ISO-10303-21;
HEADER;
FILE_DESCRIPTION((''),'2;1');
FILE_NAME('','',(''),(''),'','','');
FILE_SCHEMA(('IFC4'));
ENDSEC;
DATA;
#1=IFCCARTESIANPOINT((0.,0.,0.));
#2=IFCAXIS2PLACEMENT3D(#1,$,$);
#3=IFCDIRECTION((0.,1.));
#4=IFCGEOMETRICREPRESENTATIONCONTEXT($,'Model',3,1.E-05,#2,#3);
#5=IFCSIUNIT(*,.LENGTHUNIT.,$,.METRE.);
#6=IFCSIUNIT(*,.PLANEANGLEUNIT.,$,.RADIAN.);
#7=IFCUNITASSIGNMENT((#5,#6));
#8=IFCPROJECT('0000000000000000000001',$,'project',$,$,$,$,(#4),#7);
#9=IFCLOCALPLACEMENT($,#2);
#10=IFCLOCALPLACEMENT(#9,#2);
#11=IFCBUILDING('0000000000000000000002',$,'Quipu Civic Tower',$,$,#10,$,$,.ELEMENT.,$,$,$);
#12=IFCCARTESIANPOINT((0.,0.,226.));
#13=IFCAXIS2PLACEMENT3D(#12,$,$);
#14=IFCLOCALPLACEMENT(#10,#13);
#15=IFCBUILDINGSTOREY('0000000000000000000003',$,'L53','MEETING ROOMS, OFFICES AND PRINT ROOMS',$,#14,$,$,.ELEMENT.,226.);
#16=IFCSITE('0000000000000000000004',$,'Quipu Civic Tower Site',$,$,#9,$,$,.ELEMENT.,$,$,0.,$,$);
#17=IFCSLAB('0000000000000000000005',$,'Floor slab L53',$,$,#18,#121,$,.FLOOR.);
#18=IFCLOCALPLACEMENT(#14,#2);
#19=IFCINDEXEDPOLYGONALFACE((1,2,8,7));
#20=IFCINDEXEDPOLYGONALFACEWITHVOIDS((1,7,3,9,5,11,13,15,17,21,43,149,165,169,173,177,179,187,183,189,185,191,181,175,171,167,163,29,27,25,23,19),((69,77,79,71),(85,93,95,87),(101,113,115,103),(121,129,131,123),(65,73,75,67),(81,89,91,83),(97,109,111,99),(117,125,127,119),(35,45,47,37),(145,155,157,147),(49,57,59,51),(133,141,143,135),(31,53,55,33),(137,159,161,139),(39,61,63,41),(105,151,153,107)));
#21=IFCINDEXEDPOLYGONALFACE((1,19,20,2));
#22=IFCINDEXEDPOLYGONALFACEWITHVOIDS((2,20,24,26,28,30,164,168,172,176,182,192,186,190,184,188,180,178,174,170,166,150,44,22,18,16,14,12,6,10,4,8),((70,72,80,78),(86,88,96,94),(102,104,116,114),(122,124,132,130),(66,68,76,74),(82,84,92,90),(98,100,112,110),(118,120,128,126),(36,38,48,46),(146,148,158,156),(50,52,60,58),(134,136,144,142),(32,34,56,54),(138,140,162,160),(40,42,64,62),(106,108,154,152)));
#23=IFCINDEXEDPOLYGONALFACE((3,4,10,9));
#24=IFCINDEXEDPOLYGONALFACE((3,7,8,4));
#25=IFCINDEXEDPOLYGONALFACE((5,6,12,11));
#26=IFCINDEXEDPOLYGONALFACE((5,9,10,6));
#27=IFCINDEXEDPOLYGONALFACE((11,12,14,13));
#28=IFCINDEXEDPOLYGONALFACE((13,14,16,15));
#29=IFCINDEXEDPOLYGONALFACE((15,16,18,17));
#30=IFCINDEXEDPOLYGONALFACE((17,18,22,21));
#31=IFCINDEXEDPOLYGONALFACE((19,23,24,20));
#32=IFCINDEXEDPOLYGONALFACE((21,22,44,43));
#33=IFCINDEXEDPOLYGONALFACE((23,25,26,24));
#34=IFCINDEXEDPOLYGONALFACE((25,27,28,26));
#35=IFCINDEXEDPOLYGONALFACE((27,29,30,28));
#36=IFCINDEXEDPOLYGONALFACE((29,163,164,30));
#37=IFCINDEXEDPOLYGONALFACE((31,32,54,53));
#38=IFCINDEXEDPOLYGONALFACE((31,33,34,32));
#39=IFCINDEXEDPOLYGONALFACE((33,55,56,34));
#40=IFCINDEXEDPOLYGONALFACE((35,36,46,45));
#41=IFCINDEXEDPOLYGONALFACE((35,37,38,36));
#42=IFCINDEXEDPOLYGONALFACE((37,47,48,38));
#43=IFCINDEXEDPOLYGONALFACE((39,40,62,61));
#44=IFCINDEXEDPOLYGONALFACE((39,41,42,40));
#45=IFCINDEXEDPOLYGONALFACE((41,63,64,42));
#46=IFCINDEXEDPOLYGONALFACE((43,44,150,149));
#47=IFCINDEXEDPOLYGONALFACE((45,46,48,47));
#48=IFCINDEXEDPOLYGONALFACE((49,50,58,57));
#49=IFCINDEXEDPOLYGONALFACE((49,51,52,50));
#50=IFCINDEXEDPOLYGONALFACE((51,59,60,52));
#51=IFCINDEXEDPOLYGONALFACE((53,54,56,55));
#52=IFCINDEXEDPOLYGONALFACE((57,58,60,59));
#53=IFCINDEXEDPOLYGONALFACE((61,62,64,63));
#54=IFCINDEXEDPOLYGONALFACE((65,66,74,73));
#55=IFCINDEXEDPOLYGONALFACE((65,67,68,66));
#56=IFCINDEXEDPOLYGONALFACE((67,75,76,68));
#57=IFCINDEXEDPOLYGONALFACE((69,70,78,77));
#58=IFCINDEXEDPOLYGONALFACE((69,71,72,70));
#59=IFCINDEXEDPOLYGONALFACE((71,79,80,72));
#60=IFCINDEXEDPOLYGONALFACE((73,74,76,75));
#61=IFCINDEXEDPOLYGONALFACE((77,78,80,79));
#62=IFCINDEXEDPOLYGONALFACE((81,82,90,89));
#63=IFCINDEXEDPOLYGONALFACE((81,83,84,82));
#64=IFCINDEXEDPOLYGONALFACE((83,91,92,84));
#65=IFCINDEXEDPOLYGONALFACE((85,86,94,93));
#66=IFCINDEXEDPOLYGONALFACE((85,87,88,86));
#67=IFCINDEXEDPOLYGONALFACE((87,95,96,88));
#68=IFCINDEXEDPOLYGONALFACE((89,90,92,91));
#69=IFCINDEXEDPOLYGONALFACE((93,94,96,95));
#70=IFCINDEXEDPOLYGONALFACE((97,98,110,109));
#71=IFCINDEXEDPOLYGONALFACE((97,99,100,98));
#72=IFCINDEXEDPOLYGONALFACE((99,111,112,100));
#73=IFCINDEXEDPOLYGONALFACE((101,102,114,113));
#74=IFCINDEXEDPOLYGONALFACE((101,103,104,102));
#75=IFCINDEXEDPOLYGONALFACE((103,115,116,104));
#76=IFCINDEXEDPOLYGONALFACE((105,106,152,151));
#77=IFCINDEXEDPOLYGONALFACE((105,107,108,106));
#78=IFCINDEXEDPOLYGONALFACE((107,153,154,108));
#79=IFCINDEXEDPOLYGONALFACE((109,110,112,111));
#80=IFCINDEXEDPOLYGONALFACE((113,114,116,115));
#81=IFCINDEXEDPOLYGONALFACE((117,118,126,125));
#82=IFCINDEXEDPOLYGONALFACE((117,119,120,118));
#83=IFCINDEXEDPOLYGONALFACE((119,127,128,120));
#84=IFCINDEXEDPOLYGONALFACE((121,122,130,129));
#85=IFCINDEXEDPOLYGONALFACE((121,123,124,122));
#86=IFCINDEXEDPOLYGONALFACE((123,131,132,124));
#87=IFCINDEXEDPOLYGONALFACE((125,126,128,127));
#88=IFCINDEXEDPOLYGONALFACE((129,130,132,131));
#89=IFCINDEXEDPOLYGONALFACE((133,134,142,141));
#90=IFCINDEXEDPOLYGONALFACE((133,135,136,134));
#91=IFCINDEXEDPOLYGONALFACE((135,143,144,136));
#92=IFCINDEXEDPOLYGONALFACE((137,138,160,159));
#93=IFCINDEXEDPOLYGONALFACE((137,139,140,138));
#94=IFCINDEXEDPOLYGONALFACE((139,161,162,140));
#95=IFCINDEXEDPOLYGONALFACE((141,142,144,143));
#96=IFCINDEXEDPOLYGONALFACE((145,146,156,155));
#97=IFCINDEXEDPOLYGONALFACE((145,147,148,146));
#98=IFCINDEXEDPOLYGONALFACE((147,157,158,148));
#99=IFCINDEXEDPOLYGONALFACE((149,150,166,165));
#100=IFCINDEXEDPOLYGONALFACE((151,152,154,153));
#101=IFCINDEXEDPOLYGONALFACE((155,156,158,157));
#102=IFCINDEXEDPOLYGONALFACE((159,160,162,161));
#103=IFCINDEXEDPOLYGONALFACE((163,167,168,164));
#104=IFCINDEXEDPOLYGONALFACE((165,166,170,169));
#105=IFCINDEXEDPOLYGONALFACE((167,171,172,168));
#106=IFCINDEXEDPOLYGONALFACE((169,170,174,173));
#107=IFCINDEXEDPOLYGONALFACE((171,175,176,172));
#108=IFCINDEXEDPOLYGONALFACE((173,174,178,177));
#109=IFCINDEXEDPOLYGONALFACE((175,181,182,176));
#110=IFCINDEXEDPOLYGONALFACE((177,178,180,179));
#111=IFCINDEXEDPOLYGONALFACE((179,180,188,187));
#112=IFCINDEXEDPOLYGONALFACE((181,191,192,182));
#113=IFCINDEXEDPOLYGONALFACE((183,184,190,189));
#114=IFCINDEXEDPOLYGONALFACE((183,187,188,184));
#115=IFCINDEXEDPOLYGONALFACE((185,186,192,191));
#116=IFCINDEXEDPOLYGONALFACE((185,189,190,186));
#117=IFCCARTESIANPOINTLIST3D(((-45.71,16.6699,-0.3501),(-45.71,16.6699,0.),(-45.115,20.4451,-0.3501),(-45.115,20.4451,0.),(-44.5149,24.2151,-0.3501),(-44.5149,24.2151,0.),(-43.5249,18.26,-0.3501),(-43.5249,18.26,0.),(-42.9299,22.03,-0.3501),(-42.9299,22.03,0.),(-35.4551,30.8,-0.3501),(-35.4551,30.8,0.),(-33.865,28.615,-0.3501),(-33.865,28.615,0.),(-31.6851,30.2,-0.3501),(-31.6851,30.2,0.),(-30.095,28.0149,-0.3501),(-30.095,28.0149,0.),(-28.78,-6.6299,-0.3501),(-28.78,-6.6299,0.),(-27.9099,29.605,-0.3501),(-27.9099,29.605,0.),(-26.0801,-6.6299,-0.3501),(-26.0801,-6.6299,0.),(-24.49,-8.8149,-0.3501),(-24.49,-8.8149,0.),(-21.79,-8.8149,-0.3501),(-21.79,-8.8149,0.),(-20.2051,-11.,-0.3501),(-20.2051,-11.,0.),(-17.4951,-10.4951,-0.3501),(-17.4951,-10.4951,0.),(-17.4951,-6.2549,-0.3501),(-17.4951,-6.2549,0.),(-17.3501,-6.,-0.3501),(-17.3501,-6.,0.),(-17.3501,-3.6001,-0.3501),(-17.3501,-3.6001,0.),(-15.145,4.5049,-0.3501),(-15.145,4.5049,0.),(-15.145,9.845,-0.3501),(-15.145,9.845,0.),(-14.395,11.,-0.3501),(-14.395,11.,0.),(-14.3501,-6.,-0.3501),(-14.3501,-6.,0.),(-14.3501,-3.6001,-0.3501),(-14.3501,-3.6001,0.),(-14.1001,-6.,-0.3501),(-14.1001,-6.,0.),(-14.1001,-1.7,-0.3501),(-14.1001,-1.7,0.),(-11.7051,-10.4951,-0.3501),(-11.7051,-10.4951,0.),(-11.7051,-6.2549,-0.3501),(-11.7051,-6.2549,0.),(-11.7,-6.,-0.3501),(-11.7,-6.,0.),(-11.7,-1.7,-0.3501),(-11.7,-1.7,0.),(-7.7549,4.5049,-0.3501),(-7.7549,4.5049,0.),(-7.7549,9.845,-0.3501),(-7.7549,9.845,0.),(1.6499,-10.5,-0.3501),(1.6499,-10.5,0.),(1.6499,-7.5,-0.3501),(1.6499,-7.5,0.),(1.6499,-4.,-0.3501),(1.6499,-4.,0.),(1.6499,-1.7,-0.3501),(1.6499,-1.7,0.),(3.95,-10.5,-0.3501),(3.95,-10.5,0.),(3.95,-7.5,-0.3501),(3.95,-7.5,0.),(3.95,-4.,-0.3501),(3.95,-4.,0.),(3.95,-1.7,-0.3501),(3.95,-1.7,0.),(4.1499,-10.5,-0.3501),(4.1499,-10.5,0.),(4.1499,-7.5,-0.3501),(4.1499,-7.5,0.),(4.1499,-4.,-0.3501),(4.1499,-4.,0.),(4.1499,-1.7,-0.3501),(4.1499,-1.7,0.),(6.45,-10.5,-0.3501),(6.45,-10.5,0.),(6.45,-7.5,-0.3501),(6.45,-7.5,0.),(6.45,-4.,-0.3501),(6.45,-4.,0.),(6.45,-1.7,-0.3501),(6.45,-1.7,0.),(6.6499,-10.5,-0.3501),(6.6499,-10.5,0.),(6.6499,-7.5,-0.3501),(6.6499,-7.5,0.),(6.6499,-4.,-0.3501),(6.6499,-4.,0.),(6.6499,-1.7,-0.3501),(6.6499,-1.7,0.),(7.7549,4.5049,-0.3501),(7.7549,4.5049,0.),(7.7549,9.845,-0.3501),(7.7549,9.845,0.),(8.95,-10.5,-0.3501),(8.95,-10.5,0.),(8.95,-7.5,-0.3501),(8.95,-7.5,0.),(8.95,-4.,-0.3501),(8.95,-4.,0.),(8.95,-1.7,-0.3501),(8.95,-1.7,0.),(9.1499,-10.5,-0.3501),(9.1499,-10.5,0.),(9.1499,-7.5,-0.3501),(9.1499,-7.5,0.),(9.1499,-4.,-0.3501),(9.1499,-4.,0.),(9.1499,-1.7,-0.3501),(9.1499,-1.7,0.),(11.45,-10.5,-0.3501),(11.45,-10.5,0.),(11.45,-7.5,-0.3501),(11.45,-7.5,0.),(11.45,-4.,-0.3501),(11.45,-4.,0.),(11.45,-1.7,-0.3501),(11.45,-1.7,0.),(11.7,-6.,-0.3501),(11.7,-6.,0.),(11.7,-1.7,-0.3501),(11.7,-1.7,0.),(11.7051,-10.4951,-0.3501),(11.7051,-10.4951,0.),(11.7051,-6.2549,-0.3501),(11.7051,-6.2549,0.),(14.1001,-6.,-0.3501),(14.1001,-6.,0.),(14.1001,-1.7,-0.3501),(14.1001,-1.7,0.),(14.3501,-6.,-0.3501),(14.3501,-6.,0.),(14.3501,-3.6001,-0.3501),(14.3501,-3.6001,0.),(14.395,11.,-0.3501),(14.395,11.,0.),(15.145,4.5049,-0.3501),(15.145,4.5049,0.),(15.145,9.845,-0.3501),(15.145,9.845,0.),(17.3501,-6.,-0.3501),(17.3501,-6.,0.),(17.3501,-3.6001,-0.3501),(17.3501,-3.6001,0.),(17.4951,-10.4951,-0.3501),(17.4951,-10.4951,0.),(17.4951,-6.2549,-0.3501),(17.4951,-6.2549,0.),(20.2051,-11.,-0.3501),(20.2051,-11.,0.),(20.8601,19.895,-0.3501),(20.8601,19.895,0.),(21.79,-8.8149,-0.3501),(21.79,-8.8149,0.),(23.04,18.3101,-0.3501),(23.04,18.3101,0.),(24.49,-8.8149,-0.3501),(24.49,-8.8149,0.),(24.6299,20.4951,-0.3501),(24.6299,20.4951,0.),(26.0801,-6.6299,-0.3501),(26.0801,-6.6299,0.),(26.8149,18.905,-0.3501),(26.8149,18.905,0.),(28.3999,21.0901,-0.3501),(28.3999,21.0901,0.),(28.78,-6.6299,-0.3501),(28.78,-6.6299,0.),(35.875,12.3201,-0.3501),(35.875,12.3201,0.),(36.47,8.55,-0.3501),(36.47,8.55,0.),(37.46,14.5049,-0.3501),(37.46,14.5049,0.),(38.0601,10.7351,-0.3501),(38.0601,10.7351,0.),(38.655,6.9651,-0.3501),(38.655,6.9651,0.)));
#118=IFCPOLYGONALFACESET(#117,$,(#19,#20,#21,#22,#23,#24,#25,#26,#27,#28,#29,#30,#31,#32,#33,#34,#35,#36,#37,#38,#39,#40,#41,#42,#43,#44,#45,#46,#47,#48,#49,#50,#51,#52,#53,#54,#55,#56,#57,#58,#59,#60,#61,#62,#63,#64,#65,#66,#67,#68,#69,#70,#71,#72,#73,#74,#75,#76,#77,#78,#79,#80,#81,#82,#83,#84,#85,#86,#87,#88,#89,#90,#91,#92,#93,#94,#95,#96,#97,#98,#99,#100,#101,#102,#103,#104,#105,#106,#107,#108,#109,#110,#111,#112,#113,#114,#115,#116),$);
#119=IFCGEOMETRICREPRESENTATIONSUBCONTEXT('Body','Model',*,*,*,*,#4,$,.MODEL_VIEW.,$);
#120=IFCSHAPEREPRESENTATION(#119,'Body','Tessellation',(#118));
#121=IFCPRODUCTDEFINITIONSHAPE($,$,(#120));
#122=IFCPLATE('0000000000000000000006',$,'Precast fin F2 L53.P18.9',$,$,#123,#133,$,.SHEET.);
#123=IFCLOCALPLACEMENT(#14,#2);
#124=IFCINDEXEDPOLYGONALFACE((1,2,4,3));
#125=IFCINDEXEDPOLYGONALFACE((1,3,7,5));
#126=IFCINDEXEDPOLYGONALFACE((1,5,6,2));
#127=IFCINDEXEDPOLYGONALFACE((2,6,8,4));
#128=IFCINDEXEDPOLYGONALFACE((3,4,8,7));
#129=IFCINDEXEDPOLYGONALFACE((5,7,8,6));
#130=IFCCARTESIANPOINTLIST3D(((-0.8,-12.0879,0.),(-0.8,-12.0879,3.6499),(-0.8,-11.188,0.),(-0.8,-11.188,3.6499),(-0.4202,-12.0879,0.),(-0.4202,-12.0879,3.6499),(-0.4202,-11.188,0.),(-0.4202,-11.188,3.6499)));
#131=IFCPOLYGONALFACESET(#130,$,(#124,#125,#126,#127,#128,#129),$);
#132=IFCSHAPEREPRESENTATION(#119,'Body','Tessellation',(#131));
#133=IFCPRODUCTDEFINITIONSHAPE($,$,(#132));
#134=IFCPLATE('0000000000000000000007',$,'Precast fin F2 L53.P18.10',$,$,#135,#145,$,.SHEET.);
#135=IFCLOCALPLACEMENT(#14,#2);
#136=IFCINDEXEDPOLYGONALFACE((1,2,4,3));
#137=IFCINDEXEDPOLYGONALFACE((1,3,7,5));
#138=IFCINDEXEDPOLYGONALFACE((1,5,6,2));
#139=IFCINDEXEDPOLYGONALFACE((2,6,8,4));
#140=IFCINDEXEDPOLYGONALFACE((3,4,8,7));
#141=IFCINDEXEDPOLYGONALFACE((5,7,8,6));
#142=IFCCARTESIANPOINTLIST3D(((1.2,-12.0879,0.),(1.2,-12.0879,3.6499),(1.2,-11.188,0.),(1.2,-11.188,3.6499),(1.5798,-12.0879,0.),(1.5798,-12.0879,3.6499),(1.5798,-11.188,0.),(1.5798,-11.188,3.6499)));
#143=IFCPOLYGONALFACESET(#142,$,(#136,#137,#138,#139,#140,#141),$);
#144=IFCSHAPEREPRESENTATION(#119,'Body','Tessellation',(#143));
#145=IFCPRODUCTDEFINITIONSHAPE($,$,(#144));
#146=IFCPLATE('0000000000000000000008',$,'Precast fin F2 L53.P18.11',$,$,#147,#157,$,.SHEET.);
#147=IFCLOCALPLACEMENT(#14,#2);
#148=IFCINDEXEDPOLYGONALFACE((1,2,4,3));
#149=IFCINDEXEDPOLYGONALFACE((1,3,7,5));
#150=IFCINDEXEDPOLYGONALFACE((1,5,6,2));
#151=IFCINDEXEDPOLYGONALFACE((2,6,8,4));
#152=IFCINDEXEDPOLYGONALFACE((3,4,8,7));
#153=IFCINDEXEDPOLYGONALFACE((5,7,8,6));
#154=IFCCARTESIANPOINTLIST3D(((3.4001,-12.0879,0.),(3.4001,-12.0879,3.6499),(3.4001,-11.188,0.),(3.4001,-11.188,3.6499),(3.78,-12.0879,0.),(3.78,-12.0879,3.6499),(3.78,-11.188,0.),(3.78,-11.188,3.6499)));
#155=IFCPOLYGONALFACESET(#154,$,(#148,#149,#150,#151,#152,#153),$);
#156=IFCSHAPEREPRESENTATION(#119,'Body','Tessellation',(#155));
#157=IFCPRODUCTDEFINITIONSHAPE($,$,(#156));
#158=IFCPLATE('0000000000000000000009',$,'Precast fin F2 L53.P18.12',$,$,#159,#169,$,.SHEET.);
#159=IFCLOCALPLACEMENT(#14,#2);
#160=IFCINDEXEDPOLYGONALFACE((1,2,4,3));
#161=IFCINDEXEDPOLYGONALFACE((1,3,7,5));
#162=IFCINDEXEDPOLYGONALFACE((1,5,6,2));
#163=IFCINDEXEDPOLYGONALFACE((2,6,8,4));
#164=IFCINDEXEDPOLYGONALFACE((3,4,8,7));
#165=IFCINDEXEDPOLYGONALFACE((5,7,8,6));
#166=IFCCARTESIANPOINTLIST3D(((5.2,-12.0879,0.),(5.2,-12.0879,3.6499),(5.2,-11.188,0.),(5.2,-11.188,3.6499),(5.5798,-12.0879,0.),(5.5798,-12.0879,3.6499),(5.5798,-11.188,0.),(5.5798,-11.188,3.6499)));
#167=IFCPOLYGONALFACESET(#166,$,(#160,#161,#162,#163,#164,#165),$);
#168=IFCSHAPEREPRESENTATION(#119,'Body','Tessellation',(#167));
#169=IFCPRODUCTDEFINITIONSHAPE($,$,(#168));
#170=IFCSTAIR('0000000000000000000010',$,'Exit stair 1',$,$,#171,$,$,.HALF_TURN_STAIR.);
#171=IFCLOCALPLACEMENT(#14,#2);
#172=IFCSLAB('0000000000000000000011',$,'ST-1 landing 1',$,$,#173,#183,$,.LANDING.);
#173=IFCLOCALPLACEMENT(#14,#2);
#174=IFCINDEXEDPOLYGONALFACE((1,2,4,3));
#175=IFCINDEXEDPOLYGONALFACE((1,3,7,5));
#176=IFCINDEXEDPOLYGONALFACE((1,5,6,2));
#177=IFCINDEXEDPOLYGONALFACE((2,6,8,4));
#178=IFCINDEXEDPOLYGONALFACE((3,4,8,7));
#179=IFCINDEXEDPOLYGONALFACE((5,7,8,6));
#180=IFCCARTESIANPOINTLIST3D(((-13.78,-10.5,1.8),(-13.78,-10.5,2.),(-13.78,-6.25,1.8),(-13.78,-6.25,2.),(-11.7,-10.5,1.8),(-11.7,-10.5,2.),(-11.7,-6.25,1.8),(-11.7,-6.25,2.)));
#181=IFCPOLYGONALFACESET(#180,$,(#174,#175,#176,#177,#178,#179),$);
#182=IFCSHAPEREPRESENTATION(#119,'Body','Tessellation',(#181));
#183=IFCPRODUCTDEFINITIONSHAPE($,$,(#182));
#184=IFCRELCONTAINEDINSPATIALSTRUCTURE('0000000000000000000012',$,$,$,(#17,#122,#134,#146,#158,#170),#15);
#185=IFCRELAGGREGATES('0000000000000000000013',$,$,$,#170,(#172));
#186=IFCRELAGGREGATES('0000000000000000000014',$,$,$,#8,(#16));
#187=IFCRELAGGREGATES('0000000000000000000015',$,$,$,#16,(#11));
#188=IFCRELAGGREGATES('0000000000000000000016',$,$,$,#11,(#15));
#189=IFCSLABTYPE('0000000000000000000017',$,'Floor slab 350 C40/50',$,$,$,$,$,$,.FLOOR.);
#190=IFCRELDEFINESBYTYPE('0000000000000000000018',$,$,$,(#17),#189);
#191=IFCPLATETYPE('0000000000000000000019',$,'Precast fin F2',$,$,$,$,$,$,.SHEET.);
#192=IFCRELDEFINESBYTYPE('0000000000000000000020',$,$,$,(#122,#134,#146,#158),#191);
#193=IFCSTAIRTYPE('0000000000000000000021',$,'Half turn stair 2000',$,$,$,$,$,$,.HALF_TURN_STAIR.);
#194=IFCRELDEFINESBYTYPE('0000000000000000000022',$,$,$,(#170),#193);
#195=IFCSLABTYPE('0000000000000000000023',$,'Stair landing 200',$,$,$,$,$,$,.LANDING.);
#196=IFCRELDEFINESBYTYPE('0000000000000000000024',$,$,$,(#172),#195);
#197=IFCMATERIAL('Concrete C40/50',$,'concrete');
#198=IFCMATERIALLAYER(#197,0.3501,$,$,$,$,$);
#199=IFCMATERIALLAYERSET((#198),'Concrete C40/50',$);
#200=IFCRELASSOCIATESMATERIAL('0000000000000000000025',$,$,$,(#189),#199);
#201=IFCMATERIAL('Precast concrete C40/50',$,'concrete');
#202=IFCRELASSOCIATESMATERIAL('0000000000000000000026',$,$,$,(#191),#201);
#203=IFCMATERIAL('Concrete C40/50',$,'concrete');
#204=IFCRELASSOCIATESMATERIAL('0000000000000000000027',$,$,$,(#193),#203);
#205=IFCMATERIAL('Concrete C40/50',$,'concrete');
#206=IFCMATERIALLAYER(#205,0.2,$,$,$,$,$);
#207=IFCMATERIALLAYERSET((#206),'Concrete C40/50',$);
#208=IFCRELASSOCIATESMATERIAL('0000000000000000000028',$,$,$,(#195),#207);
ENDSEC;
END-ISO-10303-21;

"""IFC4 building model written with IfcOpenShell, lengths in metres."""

from ifc_helpers import new_model, si_unit, direction, frame, origin, origin_2d, place, context, subcontext, project, spatial, polyline, rectangle, outline, extrude, material, layer, layer_set, type_object, element, aggregate, save


model = new_model("IFC4")

# Units and contexts
model_context = context("Model", 3, precision=1e-05, world=origin(), true_north=direction((0.0, 1.0)))
body_context = subcontext(model_context, "Body", "Model", "MODEL_VIEW")
ifc_project = project(units=[si_unit("LENGTHUNIT", "METRE"), si_unit("PLANEANGLEUNIT", "RADIAN")], contexts=[model_context])

# Site, building, storey
site_placement = place(None, origin())
site = spatial("IfcSite", under=ifc_project, at=site_placement, Name="Quipu Civic Tower Site", CompositionType="ELEMENT", RefElevation=0.0)
building_placement = place(site_placement, origin())
building = spatial("IfcBuilding", under=site, at=building_placement, Name="Quipu Civic Tower", CompositionType="ELEMENT")
storey_placement = place(building_placement, frame((0.0, 0.0, 226.0)))
storey = spatial("IfcBuildingStorey", under=building, at=storey_placement, Name="L53", Description="MEETING ROOMS, OFFICES AND PRINT ROOMS", CompositionType="ELEMENT", Elevation=226.0)

# Slab
ifc_material_1 = material(Name="Concrete C40/50", Category="concrete")
ifc_layer_1 = layer(ifc_material_1, 0.3501)
ifc_layer_set_1 = layer_set([ifc_layer_1], Name="Concrete C40/50")
slab_type_1 = type_object("IfcSlabType", Name="Floor slab 350 C40/50", PredefinedType="FLOOR", material=ifc_layer_set_1)
slab_1_placement = place(storey_placement, frame((0.0, 0.0, -0.3501)))
element("IfcSlab", 1, at=slab_1_placement, inside=storey, type_object=slab_type_1, Name="Floor slab L53", PredefinedType="FLOOR", context=body_context, shape_type="SweptSolid", body=[
    extrude(outline(polyline([(20.8601, 19.895), (23.04, 18.3101), (24.6299, 20.4951), (26.8149, 18.905), (28.3999, 21.0901), (37.46, 14.5049), (35.875, 12.3201), (38.0601, 10.7351), (36.47, 8.55), (38.655, 6.9651), (28.78, -6.6299), (26.0801, -6.6299), (24.49, -8.8149), (21.79, -8.8149), (20.2051, -11.0), (-20.2051, -11.0), (-21.79, -8.8149), (-24.49, -8.8149), (-26.0801, -6.6299), (-28.78, -6.6299), (-45.71, 16.6699), (-43.5249, 18.26), (-45.115, 20.4451), (-42.9299, 22.03), (-44.5149, 24.2151), (-35.4551, 30.8), (-33.865, 28.615), (-31.6851, 30.2), (-30.095, 28.0149), (-27.9099, 29.605), (-14.395, 11.0), (14.395, 11.0), (20.8601, 19.895)]), holes=[polyline([(1.6499, -7.5), (1.6499, -10.5), (3.95, -10.5), (3.95, -7.5), (1.6499, -7.5)]), polyline([(4.1499, -7.5), (4.1499, -10.5), (6.45, -10.5), (6.45, -7.5), (4.1499, -7.5)]), polyline([(-11.7051, -6.2549), (-17.4951, -6.2549), (-17.4951, -10.4951), (-11.7051, -10.4951), (-11.7051, -6.2549)]), polyline([(-17.3501, -3.6001), (-17.3501, -6.0), (-14.3501, -6.0), (-14.3501, -3.6001), (-17.3501, -3.6001)]), polyline([(-14.1001, -1.7), (-14.1001, -6.0), (-11.7, -6.0), (-11.7, -1.7), (-14.1001, -1.7)]), polyline([(1.6499, -1.7), (1.6499, -4.0), (3.95, -4.0), (3.95, -1.7), (1.6499, -1.7)]), polyline([(4.1499, -1.7), (4.1499, -4.0), (6.45, -4.0), (6.45, -1.7), (4.1499, -1.7)]), polyline([(-7.7549, 9.845), (-15.145, 9.845), (-15.145, 4.5049), (-7.7549, 4.5049), (-7.7549, 9.845)]), polyline([(6.6499, -7.5), (6.6499, -10.5), (8.95, -10.5), (8.95, -7.5), (6.6499, -7.5)]), polyline([(9.1499, -7.5), (9.1499, -10.5), (11.45, -10.5), (11.45, -7.5), (9.1499, -7.5)]), polyline([(11.7051, -10.4951), (17.4951, -10.4951), (17.4951, -6.2549), (11.7051, -6.2549), (11.7051, -10.4951)]), polyline([(14.3501, -3.6001), (14.3501, -6.0), (17.3501, -6.0), (17.3501, -3.6001), (14.3501, -3.6001)]), polyline([(11.7, -1.7), (11.7, -6.0), (14.1001, -6.0), (14.1001, -1.7), (11.7, -1.7)]), polyline([(6.6499, -1.7), (6.6499, -4.0), (8.95, -4.0), (8.95, -1.7), (6.6499, -1.7)]), polyline([(9.1499, -1.7), (9.1499, -4.0), (11.45, -4.0), (11.45, -1.7), (9.1499, -1.7)]), polyline([(7.7549, 4.5049), (15.145, 4.5049), (15.145, 9.845), (7.7549, 9.845), (7.7549, 4.5049)])]), origin(), (0.0, 0.0, 1.0), 0.3501),
])

# Plates
ifc_material_2 = material(Name="Precast concrete C40/50", Category="concrete")
plate_type = type_object("IfcPlateType", Name="Precast fin F2", PredefinedType="SHEET", material=ifc_material_2)
for number, where, z_axis, x_axis, name in (
    (2, (-0.6101, -11.6379, 0.0), (0.0, 0.0, 1.0), (1.0, 0.0, 0.0), "Precast fin F2 L53.P18.9"),
    (3, (1.3899, -11.6379, 0.0), (0.0, 0.0, 1.0), (1.0, 0.0, 0.0), "Precast fin F2 L53.P18.10"),
    (4, (3.5901, -11.6379, 0.0), (0.0, 0.0, 1.0), (1.0, 0.0, 0.0), "Precast fin F2 L53.P18.11"),
    (5, (5.3899, -11.6379, 0.0), (0.0, 0.0, 1.0), (1.0, 0.0, 0.0), "Precast fin F2 L53.P18.12"),
):
    element("IfcPlate", number, at=place(storey_placement, frame(where, z_axis=z_axis, x_axis=x_axis)), inside=storey, type_object=plate_type, Name=name, PredefinedType="SHEET", context=body_context, shape_type="SweptSolid", body=[
        extrude(rectangle(XDim=0.3799, YDim=0.8999, at=origin_2d()), origin(), (0.0, 0.0, 1.0), 3.6499),
    ])

# Stair, slab
ifc_material_3 = material(Name="Concrete C40/50", Category="concrete")
stair_type_1 = type_object("IfcStairType", Name="Half turn stair 2000", PredefinedType="HALF_TURN_STAIR", material=ifc_material_3)
stair_1_placement = place(storey_placement, origin())
stair_1 = element("IfcStair", 6, at=stair_1_placement, inside=storey, type_object=stair_type_1, Name="Exit stair 1", PredefinedType="HALF_TURN_STAIR")
ifc_material_4 = material(Name="Concrete C40/50", Category="concrete")
ifc_layer_2 = layer(ifc_material_4, 0.2)
ifc_layer_set_2 = layer_set([ifc_layer_2], Name="Concrete C40/50")
slab_type_2 = type_object("IfcSlabType", Name="Stair landing 200", PredefinedType="LANDING", material=ifc_layer_set_2)
slab_2_placement = place(storey_placement, frame((0.0, 0.0, 1.8)))
slab_2 = element("IfcSlab", 7, at=slab_2_placement, type_object=slab_type_2, Name="ST-1 landing 1", PredefinedType="LANDING", context=body_context, shape_type="SweptSolid", body=[
    extrude(outline(polyline([(-13.78, -10.5), (-11.7, -10.5), (-11.7, -6.25), (-13.78, -6.25), (-13.78, -10.5)])), origin(), (0.0, 0.0, 1.0), 0.2),
])
aggregate(stair_1, [slab_2])

save(model, "model.ifc")
